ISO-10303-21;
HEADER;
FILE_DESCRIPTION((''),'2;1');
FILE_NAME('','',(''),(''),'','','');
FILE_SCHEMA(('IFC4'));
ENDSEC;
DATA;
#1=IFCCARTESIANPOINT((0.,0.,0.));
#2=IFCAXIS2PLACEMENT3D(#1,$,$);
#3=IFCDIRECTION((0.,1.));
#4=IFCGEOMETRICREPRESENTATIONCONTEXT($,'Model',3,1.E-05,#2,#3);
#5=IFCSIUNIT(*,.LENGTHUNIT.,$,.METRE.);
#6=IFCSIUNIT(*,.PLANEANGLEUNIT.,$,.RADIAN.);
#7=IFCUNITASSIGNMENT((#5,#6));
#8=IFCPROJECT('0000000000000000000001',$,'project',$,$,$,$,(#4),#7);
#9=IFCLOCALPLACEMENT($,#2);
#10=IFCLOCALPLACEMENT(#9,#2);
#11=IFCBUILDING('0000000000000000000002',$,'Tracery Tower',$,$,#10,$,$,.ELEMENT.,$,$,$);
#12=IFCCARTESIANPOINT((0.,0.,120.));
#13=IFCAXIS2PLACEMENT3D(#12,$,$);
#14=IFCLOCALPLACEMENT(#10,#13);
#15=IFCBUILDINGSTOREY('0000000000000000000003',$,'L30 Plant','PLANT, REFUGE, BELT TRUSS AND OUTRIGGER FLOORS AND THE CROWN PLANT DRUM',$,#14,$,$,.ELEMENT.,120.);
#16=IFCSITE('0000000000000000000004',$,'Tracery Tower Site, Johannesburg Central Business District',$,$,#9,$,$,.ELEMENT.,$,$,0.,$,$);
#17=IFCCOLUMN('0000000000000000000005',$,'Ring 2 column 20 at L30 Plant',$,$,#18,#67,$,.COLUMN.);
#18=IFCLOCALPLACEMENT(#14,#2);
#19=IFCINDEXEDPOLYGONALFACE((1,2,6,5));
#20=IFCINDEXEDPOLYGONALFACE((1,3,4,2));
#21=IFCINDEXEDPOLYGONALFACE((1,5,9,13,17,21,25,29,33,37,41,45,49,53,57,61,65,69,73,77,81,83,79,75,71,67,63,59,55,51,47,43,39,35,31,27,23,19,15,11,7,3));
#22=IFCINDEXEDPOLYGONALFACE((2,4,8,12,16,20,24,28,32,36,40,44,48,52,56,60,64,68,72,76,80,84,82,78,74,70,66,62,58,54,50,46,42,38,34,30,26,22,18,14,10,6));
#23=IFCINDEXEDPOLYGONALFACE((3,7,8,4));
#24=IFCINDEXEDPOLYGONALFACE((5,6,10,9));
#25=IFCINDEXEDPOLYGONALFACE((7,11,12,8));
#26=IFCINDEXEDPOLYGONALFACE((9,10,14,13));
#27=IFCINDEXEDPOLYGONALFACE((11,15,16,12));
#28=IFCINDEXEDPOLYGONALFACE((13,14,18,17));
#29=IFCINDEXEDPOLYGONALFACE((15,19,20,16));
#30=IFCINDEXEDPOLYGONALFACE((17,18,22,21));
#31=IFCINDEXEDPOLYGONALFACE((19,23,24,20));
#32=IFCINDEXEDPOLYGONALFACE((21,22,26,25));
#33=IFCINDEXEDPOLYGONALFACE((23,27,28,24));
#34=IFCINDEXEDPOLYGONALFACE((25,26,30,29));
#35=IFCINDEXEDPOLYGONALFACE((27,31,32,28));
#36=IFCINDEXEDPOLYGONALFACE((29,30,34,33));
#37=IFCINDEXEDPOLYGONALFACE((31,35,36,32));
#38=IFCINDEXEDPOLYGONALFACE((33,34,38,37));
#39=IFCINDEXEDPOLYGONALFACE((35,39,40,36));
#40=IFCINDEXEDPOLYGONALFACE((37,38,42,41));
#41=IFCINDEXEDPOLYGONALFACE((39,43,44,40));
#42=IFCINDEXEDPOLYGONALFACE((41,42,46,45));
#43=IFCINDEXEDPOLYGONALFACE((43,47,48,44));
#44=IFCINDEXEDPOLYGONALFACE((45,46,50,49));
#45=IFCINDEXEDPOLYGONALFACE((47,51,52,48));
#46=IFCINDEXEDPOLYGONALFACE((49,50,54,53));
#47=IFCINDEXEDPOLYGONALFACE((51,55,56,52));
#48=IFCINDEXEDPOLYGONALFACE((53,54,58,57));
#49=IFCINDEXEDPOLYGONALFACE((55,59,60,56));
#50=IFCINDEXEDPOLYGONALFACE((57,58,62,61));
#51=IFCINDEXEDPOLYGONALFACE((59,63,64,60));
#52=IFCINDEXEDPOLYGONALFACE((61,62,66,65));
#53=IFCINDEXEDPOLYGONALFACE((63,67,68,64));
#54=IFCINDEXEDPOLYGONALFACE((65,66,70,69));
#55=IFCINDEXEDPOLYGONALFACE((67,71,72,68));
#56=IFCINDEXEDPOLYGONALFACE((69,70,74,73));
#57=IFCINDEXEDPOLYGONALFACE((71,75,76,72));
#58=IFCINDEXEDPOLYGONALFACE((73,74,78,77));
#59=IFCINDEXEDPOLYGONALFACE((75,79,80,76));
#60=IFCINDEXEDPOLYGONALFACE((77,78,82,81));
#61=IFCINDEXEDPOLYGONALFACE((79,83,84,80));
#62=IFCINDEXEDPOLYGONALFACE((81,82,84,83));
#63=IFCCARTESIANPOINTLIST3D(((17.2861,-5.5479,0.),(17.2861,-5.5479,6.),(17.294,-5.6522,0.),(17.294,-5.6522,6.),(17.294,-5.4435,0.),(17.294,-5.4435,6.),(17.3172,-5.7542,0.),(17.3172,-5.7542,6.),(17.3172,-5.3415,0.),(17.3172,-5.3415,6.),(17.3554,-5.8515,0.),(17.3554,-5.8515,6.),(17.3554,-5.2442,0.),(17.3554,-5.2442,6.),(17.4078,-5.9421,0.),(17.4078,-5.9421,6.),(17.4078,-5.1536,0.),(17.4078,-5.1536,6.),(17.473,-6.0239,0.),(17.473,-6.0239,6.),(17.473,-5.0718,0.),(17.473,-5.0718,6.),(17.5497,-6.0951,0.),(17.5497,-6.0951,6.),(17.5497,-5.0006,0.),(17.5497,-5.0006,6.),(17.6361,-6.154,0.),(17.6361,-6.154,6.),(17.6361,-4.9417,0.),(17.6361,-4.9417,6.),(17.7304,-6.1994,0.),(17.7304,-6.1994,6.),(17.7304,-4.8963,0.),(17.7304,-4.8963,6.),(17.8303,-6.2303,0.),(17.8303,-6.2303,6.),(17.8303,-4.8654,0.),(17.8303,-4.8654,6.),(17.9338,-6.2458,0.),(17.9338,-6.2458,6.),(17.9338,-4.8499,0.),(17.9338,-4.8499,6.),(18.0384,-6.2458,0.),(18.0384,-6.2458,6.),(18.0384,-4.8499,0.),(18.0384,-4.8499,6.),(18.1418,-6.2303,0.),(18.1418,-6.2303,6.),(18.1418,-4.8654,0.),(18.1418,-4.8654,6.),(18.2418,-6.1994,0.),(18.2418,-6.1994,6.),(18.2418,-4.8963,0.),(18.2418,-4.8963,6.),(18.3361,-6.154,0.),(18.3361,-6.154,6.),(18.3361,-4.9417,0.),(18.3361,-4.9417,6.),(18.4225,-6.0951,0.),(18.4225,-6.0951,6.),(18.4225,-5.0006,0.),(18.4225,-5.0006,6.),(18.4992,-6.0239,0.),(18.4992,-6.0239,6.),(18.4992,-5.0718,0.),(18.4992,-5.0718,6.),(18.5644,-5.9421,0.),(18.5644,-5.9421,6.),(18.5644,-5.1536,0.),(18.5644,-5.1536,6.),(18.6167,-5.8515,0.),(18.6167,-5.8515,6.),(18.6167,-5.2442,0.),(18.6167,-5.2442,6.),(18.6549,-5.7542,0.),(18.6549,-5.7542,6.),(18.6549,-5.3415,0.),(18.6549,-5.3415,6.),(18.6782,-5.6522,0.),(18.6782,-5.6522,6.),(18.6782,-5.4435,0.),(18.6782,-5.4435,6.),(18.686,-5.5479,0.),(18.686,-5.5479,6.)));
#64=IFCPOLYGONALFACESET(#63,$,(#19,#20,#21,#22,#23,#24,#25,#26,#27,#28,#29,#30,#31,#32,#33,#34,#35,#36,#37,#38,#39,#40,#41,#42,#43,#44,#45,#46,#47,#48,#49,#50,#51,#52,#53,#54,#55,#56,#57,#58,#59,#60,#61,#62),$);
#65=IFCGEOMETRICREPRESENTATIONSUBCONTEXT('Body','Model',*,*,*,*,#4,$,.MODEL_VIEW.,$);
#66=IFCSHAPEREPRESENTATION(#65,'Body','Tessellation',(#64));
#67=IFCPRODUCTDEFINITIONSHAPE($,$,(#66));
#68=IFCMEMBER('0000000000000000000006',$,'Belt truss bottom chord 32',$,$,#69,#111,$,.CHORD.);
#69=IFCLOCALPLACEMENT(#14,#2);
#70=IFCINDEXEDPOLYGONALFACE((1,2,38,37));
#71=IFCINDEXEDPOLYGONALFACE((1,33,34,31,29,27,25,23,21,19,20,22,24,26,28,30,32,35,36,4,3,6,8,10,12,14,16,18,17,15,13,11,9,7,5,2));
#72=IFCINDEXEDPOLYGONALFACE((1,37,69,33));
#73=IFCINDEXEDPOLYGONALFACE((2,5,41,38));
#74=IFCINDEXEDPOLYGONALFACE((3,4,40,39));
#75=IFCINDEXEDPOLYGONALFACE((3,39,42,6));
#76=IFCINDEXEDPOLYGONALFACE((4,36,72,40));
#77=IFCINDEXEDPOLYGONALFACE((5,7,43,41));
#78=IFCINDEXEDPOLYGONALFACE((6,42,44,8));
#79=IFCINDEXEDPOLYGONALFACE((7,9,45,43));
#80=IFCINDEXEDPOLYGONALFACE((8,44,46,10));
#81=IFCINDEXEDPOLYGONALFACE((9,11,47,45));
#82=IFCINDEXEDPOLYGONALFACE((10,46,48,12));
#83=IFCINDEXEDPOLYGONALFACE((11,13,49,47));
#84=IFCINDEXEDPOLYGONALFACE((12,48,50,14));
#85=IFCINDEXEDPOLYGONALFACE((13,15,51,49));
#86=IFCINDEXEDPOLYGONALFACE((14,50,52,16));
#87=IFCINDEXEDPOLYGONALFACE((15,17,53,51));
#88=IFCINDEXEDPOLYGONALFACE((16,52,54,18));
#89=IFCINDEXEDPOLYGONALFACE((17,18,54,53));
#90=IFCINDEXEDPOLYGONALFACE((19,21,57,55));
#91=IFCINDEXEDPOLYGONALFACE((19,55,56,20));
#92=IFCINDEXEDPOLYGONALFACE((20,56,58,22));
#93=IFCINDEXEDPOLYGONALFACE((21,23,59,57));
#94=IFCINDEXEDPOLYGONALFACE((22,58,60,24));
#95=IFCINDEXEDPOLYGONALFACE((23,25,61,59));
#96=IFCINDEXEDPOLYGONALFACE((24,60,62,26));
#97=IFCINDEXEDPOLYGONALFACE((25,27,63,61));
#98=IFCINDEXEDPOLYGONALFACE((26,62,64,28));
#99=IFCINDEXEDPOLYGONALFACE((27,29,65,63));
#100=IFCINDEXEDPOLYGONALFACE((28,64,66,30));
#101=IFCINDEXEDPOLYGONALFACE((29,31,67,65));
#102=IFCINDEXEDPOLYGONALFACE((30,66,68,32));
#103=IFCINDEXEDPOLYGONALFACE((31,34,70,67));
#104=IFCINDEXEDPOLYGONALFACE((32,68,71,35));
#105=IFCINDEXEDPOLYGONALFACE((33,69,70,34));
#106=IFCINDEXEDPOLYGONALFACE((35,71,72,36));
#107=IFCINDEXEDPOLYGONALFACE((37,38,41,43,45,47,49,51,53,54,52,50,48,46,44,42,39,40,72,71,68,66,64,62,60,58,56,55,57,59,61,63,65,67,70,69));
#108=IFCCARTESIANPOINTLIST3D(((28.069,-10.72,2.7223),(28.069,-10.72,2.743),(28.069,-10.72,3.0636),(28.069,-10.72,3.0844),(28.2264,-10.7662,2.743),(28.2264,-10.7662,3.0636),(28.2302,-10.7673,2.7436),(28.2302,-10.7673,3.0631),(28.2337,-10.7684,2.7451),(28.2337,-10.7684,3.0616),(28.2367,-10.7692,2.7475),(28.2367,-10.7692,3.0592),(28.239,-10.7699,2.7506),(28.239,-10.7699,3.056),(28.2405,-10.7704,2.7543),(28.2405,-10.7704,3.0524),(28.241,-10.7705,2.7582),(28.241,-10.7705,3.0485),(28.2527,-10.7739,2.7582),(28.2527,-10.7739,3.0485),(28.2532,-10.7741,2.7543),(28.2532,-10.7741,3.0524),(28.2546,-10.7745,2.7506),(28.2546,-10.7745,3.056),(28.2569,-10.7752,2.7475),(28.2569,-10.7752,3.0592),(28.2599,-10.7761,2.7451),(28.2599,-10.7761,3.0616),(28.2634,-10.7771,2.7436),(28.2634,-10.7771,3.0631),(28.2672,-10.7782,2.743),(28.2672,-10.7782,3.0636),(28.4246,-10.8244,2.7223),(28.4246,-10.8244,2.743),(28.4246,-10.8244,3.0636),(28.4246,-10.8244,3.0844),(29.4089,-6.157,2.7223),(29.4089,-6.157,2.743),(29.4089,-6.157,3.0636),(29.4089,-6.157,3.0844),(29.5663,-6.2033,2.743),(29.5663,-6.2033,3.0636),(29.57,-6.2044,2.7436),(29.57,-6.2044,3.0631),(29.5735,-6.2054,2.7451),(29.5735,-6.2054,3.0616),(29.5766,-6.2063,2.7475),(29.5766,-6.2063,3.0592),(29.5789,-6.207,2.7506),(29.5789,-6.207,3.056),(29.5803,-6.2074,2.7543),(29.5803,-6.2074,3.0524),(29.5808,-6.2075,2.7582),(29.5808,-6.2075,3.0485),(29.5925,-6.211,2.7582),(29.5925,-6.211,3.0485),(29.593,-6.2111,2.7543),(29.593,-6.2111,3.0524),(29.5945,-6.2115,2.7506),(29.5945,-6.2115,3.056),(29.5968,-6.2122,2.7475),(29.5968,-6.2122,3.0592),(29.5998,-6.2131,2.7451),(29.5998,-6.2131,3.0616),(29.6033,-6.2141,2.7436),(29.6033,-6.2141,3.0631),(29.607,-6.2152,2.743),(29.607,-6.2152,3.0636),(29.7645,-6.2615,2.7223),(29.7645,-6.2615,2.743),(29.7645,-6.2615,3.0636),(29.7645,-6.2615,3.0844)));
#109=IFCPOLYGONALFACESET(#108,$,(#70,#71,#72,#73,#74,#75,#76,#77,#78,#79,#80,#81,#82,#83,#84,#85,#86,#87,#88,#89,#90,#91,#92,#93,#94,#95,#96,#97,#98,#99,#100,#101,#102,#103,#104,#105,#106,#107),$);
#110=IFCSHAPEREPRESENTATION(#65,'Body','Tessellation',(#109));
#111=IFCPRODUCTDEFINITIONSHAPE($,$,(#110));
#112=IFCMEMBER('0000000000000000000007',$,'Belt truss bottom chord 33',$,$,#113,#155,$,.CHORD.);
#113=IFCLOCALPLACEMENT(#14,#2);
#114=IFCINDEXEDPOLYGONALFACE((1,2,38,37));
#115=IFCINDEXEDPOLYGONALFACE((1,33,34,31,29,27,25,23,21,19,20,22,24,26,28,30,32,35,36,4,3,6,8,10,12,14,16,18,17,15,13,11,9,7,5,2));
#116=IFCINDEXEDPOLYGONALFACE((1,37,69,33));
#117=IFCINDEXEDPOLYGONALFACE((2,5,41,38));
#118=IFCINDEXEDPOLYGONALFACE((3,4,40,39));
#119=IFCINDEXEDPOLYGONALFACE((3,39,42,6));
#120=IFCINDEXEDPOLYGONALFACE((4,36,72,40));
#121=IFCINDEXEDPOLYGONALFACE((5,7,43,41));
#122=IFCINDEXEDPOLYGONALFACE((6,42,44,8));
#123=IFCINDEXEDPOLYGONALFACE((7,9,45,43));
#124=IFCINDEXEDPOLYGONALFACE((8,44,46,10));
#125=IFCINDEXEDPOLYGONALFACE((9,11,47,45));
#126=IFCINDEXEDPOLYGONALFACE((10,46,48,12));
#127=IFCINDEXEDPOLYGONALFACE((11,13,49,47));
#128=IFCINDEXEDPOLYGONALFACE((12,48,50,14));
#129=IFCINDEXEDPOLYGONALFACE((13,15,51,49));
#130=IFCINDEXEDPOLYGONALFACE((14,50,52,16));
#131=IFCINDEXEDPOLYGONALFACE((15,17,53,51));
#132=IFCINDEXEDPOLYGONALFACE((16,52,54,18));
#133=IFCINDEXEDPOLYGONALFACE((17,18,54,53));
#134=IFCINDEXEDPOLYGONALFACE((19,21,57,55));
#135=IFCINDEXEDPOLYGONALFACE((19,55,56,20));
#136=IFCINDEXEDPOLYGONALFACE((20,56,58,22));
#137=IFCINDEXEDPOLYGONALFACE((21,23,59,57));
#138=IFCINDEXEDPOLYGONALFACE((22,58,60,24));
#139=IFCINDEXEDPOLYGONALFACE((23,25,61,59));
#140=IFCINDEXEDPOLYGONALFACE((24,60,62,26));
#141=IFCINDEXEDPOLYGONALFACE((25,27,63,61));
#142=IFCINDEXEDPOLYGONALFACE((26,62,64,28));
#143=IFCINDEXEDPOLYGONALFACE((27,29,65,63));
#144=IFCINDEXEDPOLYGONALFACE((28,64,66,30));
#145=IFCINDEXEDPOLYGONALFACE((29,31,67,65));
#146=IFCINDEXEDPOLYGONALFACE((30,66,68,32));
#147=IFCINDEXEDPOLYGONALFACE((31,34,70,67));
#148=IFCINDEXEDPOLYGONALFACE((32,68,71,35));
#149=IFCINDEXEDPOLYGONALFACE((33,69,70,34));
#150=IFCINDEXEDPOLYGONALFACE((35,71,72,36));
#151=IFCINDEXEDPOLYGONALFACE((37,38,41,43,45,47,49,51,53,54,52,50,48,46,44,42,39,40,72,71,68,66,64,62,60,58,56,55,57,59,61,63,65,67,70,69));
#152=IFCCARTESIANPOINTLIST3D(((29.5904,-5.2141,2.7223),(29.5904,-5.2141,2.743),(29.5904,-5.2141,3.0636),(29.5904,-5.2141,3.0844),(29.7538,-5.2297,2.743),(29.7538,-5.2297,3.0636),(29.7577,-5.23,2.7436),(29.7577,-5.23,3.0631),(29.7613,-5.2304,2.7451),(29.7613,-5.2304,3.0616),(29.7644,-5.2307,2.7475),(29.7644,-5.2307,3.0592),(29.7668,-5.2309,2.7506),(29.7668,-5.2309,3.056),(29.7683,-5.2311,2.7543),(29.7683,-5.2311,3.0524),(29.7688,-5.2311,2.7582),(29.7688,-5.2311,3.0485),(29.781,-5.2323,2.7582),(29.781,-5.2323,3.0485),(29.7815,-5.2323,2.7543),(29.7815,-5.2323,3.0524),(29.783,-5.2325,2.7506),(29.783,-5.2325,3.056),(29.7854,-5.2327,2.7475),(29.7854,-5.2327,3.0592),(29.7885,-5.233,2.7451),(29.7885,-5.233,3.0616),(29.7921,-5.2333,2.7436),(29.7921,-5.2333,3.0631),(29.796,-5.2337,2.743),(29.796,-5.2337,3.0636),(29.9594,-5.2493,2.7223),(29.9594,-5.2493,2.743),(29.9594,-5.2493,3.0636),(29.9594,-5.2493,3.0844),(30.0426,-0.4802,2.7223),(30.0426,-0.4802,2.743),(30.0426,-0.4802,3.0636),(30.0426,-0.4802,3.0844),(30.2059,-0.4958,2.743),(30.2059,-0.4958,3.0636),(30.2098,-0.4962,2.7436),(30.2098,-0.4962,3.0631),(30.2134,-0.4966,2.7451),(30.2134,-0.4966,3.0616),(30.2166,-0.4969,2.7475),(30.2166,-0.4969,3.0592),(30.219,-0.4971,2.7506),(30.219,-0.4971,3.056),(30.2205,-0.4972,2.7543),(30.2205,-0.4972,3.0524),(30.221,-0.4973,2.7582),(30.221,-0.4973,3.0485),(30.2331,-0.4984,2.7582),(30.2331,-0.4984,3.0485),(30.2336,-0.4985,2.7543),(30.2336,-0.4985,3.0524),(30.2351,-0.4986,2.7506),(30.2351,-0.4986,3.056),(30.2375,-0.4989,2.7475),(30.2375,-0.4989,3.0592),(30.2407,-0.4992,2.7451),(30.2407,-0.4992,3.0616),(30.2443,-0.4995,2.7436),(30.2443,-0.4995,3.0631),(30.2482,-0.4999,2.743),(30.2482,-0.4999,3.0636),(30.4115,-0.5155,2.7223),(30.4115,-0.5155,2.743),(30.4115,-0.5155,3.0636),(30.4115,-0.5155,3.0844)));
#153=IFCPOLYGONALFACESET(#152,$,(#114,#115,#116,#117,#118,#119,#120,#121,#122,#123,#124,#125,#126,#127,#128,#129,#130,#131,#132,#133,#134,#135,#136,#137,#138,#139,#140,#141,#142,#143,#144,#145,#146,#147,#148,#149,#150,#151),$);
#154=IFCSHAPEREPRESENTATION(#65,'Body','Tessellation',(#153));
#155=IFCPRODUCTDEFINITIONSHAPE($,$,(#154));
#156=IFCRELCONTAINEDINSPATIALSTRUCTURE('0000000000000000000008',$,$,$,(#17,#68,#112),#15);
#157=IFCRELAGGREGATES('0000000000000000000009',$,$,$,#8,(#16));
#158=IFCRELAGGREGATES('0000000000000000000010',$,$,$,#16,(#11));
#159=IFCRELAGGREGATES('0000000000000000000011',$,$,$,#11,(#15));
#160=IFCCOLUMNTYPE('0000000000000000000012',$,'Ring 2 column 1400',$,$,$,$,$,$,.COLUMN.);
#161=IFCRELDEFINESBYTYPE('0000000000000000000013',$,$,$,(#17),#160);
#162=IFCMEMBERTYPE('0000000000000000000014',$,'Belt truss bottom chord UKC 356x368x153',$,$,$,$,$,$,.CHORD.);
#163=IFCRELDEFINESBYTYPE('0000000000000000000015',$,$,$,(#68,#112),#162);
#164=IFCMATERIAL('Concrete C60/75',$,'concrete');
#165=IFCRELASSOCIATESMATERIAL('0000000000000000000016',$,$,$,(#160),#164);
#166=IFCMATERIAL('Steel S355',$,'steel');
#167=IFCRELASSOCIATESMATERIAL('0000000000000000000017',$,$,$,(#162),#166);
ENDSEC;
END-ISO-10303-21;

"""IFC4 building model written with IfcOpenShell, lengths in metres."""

from ifc_helpers import new_model, si_unit, direction, frame, origin, origin_2d, place, context, subcontext, project, spatial, circle, i_section, extrude, material, material_profile, profile_set, type_object, element, save


model = new_model("IFC4")

# Units and contexts
model_context = context("Model", 3, precision=1e-05, world=origin(), true_north=direction((0.0, 1.0)))
body_context = subcontext(model_context, "Body", "Model", "MODEL_VIEW")
ifc_project = project(units=[si_unit("LENGTHUNIT", "METRE"), si_unit("PLANEANGLEUNIT", "RADIAN")], contexts=[model_context])

# Site, building, storey
site_placement = place(None, origin())
site = spatial("IfcSite", under=ifc_project, at=site_placement, Name="Tracery Tower Site, Johannesburg Central Business District", CompositionType="ELEMENT", RefElevation=0.0)
building_placement = place(site_placement, origin())
building = spatial("IfcBuilding", under=site, at=building_placement, Name="Tracery Tower", CompositionType="ELEMENT")
storey_placement = place(building_placement, frame((0.0, 0.0, 120.0)))
storey = spatial("IfcBuildingStorey", under=building, at=storey_placement, Name="L30 Plant", Description="PLANT, REFUGE, BELT TRUSS AND OUTRIGGER FLOORS AND THE CROWN PLANT DRUM", CompositionType="ELEMENT", Elevation=120.0)

# Column
ifc_material_1 = material(Name="Concrete C60/75", Category="concrete")
ifc_material_profile_1 = material_profile(ifc_material_1, circle(Radius=0.7, at=origin_2d()), Name="RC D1400")
ifc_profile_set_1 = profile_set([ifc_material_profile_1], Name="Concrete C60/75")
column_type_1 = type_object("IfcColumnType", Name="Ring 2 column 1400", PredefinedType="COLUMN", material=ifc_profile_set_1)
column_placement = place(storey_placement, frame((17.9861, -5.5479, 0.0), z_axis=(0.0, 0.0, 1.0), x_axis=(1.0, 0.0, 0.0)))
element("IfcColumn", 1, at=column_placement, inside=storey, type_object=column_type_1, Name="Ring 2 column 20 at L30 Plant", PredefinedType="COLUMN", context=body_context, shape_type="SweptSolid", body=[
    extrude(circle(Radius=0.7, at=origin_2d()), origin(), (0.0, 0.0, 1.0), 6.0),
])

# Members
ifc_material_2 = material(Name="Steel S355", Category="steel")
ifc_material_profile_2 = material_profile(ifc_material_2, i_section(OverallWidth=0.3706, OverallDepth=0.3621, WebThickness=0.0122, FlangeThickness=0.0208, FilletRadius=0.0151, at=origin_2d()), Name="UKC 356x368x153")
ifc_profile_set_2 = profile_set([ifc_material_profile_2], Name="Steel S355")
member_type_1 = type_object("IfcMemberType", Name="Belt truss bottom chord UKC 356x368x153", PredefinedType="CHORD", material=ifc_profile_set_2)
member_1_placement = place(storey_placement, frame((28.2468, -10.7722, 2.9033), z_axis=(0.281738, 0.959491, 0.0), x_axis=(-0.959491, 0.281738, 0.0)))
element("IfcMember", 2, at=member_1_placement, inside=storey, type_object=member_type_1, Name="Belt truss bottom chord 32", PredefinedType="CHORD", context=body_context, shape_type="SweptSolid", body=[
    extrude(i_section(OverallWidth=0.3706, OverallDepth=0.3621, WebThickness=0.0122, FlangeThickness=0.0208, FilletRadius=0.0151, at=origin_2d()), origin(), (0.0, 0.0, 1.0), 4.7556),
])
member_2_placement = place(storey_placement, frame((29.7749, -5.2317, 2.9033), z_axis=(0.09508, 0.99547, 0.0), x_axis=(-0.99547, 0.09508, 0.0)))
element("IfcMember", 3, at=member_2_placement, inside=storey, type_object=member_type_1, Name="Belt truss bottom chord 33", PredefinedType="CHORD", context=body_context, shape_type="SweptSolid", body=[
    extrude(i_section(OverallWidth=0.3706, OverallDepth=0.3621, WebThickness=0.0122, FlangeThickness=0.0208, FilletRadius=0.0151, at=origin_2d()), origin(), (0.0, 0.0, 1.0), 4.7554),
])

save(model, "model.ifc")
